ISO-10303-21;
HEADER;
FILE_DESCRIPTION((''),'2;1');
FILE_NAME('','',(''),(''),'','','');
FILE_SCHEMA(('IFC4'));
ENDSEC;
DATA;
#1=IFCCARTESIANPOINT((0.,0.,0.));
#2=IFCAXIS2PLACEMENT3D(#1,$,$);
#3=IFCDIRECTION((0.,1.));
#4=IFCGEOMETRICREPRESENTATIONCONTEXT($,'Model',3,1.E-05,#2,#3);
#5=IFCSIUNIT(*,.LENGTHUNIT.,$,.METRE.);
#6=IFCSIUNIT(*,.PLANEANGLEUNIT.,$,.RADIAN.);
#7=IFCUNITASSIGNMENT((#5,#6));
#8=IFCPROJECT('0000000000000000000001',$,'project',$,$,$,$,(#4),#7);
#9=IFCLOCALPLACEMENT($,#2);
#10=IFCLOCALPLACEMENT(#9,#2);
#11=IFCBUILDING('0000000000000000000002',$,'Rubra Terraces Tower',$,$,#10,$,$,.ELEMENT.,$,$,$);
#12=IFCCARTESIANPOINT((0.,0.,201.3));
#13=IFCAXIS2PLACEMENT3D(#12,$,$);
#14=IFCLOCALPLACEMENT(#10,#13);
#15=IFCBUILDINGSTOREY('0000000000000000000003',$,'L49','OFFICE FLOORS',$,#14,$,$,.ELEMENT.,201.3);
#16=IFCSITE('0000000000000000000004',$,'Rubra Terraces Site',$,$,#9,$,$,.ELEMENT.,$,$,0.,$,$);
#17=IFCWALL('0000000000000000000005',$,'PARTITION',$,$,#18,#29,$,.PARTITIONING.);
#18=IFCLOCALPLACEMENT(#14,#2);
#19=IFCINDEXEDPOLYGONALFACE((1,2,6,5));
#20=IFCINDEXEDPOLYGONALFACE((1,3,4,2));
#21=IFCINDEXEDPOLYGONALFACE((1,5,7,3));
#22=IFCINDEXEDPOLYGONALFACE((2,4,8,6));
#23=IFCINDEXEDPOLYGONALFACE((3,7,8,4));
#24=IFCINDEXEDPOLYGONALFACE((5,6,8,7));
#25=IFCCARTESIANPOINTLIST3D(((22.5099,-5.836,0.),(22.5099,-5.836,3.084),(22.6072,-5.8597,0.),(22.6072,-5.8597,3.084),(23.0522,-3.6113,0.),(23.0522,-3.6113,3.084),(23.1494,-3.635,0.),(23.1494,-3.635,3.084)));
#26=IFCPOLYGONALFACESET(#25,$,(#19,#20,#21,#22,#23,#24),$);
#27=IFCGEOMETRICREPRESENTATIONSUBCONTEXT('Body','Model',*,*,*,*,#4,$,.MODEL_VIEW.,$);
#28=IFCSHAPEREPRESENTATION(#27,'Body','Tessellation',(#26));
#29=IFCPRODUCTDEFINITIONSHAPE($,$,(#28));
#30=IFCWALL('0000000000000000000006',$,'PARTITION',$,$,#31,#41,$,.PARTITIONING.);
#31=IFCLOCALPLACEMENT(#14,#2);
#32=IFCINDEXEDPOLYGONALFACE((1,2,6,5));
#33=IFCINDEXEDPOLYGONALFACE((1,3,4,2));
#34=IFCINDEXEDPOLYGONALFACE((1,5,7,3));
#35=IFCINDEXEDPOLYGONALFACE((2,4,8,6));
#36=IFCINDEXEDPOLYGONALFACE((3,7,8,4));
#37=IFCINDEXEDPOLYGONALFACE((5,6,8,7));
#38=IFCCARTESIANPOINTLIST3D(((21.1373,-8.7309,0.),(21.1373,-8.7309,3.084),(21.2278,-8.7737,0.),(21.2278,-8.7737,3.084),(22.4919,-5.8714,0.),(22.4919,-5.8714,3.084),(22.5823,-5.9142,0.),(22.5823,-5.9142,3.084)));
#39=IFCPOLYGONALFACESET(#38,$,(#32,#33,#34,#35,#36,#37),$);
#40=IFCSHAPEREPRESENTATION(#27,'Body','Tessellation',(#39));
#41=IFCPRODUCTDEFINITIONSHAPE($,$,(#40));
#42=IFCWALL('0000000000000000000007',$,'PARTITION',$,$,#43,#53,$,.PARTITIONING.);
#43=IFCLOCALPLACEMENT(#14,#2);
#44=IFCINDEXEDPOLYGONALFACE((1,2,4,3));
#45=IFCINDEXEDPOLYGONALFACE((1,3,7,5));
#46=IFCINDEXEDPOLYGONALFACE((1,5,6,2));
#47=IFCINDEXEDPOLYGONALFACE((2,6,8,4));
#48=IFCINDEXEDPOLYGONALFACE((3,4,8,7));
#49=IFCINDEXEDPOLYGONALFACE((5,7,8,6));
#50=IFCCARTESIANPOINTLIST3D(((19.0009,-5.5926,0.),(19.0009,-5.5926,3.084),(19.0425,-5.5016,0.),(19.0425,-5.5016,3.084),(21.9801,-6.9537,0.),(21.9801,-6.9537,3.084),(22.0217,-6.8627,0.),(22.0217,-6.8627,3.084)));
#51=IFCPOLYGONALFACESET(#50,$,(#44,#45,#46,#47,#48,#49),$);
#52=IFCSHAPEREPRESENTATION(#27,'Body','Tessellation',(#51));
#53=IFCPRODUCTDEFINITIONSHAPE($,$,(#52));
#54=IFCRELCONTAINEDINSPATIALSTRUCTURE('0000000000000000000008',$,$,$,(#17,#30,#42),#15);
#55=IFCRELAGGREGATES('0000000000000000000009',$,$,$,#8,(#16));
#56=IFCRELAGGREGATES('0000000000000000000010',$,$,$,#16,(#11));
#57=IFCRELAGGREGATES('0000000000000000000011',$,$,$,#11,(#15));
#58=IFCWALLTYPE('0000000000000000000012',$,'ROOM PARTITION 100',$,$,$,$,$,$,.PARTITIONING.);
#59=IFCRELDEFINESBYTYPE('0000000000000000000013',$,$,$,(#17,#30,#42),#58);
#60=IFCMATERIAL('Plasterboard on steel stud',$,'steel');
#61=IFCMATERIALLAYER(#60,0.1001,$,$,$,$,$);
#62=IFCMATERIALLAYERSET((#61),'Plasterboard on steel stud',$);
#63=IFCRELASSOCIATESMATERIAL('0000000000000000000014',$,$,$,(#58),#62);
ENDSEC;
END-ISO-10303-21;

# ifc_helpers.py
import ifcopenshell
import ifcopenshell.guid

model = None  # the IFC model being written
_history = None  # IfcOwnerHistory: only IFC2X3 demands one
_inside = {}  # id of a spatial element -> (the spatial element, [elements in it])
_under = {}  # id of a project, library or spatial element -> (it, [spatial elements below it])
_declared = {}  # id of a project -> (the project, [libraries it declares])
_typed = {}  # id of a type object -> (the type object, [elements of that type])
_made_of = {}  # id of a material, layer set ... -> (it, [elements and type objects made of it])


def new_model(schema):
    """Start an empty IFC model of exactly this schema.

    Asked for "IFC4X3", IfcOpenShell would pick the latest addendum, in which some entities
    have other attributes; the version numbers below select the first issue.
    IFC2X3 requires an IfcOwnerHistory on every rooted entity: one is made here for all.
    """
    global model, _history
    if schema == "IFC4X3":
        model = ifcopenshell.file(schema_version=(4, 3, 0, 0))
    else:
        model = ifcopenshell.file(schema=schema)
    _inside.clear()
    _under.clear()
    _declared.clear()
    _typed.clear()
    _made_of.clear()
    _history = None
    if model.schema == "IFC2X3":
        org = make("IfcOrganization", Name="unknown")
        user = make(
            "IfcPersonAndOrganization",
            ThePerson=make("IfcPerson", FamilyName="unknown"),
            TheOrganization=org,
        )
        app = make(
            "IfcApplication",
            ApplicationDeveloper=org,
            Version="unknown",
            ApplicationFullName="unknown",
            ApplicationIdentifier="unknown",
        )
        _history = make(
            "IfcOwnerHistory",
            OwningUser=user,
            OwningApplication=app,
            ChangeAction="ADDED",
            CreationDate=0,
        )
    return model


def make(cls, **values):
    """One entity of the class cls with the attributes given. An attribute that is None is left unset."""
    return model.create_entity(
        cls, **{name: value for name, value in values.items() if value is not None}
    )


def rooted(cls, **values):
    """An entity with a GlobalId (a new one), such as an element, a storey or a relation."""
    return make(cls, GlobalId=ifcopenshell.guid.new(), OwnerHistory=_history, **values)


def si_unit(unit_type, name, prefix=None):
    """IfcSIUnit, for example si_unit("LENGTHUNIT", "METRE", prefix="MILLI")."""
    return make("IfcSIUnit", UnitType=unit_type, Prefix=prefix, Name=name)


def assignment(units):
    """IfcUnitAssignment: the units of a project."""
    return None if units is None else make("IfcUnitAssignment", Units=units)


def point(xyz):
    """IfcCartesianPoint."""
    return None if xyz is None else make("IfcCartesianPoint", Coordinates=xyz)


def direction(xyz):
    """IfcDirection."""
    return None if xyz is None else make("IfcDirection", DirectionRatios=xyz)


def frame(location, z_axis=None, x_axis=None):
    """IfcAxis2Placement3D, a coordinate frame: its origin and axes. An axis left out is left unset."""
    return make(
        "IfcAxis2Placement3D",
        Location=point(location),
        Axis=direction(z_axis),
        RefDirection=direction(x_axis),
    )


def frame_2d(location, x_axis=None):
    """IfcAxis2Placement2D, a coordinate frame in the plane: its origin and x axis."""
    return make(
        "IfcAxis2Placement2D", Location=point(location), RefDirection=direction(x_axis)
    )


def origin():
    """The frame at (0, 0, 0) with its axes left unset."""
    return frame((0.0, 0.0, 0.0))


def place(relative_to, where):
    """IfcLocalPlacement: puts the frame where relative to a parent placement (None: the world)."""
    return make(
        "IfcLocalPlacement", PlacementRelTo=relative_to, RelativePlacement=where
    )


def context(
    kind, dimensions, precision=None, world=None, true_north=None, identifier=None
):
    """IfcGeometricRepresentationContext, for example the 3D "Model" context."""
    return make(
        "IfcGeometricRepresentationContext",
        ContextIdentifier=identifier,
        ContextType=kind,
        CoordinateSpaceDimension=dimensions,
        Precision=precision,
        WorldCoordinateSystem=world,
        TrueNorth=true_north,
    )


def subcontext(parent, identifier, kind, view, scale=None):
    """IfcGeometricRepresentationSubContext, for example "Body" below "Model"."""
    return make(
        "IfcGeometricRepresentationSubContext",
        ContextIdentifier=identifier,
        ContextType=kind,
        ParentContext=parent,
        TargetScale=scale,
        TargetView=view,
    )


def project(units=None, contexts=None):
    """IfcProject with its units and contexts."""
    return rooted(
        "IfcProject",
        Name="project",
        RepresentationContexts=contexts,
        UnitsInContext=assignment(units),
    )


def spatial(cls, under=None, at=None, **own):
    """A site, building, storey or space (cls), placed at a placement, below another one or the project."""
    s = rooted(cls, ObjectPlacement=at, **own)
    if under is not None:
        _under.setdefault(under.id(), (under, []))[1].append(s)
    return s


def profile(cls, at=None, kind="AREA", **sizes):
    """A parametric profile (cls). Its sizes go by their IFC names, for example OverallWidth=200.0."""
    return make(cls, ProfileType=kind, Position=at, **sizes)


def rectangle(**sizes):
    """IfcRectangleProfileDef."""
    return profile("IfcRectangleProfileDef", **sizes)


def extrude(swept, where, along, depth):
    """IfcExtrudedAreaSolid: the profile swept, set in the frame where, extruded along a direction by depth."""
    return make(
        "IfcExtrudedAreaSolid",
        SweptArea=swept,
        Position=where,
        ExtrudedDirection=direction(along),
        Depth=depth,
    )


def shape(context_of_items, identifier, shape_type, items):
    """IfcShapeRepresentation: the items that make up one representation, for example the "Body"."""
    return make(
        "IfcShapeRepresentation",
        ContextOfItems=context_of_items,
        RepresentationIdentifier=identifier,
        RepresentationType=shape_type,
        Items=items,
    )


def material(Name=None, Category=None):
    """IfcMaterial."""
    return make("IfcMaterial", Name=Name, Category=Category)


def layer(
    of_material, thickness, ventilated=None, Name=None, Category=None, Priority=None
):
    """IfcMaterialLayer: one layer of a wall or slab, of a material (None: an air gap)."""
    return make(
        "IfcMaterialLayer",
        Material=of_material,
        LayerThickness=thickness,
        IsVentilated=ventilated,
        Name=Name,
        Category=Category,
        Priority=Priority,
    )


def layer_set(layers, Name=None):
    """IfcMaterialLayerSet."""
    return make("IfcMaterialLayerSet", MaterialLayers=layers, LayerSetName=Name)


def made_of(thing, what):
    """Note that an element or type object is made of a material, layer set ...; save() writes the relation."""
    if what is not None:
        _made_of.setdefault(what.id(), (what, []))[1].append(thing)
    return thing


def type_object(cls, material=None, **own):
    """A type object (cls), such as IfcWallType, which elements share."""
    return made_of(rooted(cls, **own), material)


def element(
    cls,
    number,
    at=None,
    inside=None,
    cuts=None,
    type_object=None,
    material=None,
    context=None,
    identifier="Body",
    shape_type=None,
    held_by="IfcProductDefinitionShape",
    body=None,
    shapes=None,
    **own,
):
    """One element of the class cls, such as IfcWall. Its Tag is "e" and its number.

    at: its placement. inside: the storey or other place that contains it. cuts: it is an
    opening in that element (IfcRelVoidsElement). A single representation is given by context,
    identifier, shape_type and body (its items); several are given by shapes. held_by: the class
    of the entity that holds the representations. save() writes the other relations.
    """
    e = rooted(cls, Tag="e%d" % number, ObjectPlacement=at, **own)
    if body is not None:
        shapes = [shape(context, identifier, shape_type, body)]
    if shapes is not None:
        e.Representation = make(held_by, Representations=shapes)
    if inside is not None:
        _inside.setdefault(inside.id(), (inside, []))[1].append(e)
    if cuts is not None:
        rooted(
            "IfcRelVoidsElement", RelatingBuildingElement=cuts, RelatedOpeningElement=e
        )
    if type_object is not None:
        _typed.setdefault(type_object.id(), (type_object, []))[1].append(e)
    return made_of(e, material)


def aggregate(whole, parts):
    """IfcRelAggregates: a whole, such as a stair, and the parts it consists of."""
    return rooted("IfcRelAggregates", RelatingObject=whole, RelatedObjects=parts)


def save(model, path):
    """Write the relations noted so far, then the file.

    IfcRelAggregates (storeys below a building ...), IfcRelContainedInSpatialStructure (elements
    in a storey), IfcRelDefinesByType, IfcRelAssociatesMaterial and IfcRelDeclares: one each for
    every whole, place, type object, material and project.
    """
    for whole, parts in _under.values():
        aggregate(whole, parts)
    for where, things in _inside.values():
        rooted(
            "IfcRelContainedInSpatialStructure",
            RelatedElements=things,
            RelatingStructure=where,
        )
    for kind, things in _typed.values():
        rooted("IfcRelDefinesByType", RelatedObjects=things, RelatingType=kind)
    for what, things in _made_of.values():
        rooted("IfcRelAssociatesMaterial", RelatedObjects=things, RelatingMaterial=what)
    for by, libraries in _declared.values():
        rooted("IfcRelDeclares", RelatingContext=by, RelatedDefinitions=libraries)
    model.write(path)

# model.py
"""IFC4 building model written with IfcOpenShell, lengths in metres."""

from ifc_helpers import new_model, si_unit, direction, frame, frame_2d, origin, place, context, subcontext, project, spatial, rectangle, extrude, material, layer, layer_set, type_object, element, save


model = new_model("IFC4")

# Units and contexts
model_context = context("Model", 3, precision=1e-05, world=origin(), true_north=direction((0.0, 1.0)))
body_context = subcontext(model_context, "Body", "Model", "MODEL_VIEW")
ifc_project = project(units=[si_unit("LENGTHUNIT", "METRE"), si_unit("PLANEANGLEUNIT", "RADIAN")], contexts=[model_context])

# Site, building, storey
site_placement = place(None, origin())
site = spatial("IfcSite", under=ifc_project, at=site_placement, Name="Rubra Terraces Site", CompositionType="ELEMENT", RefElevation=0.0)
building_placement = place(site_placement, origin())
building = spatial("IfcBuilding", under=site, at=building_placement, Name="Rubra Terraces Tower", CompositionType="ELEMENT")
storey_placement = place(building_placement, frame((0.0, 0.0, 201.3)))
storey = spatial("IfcBuildingStorey", under=building, at=storey_placement, Name="L49", Description="OFFICE FLOORS", CompositionType="ELEMENT", Elevation=201.3)

# Walls
ifc_material_1 = material(Name="Plasterboard on steel stud", Category="steel")
ifc_layer_1 = layer(ifc_material_1, 0.1001)
ifc_layer_set_1 = layer_set([ifc_layer_1], Name="Plasterboard on steel stud")
wall_type_1 = type_object("IfcWallType", Name="ROOM PARTITION 100", PredefinedType="PARTITIONING", material=ifc_layer_set_1)
wall_1_placement = place(storey_placement, frame((23.1008, -3.623, 0.0), z_axis=(0.0, 0.0, 1.0), x_axis=(-0.236811, -0.971556, 0.0)))
element("IfcWall", 1, at=wall_1_placement, inside=storey, type_object=wall_type_1, Name="PARTITION", PredefinedType="PARTITIONING", context=body_context, shape_type="SweptSolid", body=[
    extrude(rectangle(XDim=2.2898, YDim=0.1001, at=frame_2d((1.145, 0.0))), origin(), (0.0, 0.0, 1.0), 3.084),
])
wall_2_placement = place(storey_placement, frame((22.5371, -5.8928, 0.0), z_axis=(0.0, 0.0, 1.0), x_axis=(-0.4281, -0.903732, 0.0)))
element("IfcWall", 2, at=wall_2_placement, inside=storey, type_object=wall_type_1, Name="PARTITION", PredefinedType="PARTITIONING", context=body_context, shape_type="SweptSolid", body=[
    extrude(rectangle(XDim=3.1641, YDim=0.1001, at=frame_2d((1.582, 0.0))), origin(), (0.0, 0.0, 1.0), 3.084),
])
wall_3_placement = place(storey_placement, frame((19.0217, -5.5471, 0.0), z_axis=(0.0, 0.0, 1.0), x_axis=(0.909573, -0.415543, 0.0)))
element("IfcWall", 3, at=wall_3_placement, inside=storey, type_object=wall_type_1, Name="PARTITION", PredefinedType="PARTITIONING", context=body_context, shape_type="SweptSolid", body=[
    extrude(rectangle(XDim=3.2754, YDim=0.1001, at=frame_2d((1.6377, 0.0))), origin(), (0.0, 0.0, 1.0), 3.084),
])

save(model, "model.ifc")
